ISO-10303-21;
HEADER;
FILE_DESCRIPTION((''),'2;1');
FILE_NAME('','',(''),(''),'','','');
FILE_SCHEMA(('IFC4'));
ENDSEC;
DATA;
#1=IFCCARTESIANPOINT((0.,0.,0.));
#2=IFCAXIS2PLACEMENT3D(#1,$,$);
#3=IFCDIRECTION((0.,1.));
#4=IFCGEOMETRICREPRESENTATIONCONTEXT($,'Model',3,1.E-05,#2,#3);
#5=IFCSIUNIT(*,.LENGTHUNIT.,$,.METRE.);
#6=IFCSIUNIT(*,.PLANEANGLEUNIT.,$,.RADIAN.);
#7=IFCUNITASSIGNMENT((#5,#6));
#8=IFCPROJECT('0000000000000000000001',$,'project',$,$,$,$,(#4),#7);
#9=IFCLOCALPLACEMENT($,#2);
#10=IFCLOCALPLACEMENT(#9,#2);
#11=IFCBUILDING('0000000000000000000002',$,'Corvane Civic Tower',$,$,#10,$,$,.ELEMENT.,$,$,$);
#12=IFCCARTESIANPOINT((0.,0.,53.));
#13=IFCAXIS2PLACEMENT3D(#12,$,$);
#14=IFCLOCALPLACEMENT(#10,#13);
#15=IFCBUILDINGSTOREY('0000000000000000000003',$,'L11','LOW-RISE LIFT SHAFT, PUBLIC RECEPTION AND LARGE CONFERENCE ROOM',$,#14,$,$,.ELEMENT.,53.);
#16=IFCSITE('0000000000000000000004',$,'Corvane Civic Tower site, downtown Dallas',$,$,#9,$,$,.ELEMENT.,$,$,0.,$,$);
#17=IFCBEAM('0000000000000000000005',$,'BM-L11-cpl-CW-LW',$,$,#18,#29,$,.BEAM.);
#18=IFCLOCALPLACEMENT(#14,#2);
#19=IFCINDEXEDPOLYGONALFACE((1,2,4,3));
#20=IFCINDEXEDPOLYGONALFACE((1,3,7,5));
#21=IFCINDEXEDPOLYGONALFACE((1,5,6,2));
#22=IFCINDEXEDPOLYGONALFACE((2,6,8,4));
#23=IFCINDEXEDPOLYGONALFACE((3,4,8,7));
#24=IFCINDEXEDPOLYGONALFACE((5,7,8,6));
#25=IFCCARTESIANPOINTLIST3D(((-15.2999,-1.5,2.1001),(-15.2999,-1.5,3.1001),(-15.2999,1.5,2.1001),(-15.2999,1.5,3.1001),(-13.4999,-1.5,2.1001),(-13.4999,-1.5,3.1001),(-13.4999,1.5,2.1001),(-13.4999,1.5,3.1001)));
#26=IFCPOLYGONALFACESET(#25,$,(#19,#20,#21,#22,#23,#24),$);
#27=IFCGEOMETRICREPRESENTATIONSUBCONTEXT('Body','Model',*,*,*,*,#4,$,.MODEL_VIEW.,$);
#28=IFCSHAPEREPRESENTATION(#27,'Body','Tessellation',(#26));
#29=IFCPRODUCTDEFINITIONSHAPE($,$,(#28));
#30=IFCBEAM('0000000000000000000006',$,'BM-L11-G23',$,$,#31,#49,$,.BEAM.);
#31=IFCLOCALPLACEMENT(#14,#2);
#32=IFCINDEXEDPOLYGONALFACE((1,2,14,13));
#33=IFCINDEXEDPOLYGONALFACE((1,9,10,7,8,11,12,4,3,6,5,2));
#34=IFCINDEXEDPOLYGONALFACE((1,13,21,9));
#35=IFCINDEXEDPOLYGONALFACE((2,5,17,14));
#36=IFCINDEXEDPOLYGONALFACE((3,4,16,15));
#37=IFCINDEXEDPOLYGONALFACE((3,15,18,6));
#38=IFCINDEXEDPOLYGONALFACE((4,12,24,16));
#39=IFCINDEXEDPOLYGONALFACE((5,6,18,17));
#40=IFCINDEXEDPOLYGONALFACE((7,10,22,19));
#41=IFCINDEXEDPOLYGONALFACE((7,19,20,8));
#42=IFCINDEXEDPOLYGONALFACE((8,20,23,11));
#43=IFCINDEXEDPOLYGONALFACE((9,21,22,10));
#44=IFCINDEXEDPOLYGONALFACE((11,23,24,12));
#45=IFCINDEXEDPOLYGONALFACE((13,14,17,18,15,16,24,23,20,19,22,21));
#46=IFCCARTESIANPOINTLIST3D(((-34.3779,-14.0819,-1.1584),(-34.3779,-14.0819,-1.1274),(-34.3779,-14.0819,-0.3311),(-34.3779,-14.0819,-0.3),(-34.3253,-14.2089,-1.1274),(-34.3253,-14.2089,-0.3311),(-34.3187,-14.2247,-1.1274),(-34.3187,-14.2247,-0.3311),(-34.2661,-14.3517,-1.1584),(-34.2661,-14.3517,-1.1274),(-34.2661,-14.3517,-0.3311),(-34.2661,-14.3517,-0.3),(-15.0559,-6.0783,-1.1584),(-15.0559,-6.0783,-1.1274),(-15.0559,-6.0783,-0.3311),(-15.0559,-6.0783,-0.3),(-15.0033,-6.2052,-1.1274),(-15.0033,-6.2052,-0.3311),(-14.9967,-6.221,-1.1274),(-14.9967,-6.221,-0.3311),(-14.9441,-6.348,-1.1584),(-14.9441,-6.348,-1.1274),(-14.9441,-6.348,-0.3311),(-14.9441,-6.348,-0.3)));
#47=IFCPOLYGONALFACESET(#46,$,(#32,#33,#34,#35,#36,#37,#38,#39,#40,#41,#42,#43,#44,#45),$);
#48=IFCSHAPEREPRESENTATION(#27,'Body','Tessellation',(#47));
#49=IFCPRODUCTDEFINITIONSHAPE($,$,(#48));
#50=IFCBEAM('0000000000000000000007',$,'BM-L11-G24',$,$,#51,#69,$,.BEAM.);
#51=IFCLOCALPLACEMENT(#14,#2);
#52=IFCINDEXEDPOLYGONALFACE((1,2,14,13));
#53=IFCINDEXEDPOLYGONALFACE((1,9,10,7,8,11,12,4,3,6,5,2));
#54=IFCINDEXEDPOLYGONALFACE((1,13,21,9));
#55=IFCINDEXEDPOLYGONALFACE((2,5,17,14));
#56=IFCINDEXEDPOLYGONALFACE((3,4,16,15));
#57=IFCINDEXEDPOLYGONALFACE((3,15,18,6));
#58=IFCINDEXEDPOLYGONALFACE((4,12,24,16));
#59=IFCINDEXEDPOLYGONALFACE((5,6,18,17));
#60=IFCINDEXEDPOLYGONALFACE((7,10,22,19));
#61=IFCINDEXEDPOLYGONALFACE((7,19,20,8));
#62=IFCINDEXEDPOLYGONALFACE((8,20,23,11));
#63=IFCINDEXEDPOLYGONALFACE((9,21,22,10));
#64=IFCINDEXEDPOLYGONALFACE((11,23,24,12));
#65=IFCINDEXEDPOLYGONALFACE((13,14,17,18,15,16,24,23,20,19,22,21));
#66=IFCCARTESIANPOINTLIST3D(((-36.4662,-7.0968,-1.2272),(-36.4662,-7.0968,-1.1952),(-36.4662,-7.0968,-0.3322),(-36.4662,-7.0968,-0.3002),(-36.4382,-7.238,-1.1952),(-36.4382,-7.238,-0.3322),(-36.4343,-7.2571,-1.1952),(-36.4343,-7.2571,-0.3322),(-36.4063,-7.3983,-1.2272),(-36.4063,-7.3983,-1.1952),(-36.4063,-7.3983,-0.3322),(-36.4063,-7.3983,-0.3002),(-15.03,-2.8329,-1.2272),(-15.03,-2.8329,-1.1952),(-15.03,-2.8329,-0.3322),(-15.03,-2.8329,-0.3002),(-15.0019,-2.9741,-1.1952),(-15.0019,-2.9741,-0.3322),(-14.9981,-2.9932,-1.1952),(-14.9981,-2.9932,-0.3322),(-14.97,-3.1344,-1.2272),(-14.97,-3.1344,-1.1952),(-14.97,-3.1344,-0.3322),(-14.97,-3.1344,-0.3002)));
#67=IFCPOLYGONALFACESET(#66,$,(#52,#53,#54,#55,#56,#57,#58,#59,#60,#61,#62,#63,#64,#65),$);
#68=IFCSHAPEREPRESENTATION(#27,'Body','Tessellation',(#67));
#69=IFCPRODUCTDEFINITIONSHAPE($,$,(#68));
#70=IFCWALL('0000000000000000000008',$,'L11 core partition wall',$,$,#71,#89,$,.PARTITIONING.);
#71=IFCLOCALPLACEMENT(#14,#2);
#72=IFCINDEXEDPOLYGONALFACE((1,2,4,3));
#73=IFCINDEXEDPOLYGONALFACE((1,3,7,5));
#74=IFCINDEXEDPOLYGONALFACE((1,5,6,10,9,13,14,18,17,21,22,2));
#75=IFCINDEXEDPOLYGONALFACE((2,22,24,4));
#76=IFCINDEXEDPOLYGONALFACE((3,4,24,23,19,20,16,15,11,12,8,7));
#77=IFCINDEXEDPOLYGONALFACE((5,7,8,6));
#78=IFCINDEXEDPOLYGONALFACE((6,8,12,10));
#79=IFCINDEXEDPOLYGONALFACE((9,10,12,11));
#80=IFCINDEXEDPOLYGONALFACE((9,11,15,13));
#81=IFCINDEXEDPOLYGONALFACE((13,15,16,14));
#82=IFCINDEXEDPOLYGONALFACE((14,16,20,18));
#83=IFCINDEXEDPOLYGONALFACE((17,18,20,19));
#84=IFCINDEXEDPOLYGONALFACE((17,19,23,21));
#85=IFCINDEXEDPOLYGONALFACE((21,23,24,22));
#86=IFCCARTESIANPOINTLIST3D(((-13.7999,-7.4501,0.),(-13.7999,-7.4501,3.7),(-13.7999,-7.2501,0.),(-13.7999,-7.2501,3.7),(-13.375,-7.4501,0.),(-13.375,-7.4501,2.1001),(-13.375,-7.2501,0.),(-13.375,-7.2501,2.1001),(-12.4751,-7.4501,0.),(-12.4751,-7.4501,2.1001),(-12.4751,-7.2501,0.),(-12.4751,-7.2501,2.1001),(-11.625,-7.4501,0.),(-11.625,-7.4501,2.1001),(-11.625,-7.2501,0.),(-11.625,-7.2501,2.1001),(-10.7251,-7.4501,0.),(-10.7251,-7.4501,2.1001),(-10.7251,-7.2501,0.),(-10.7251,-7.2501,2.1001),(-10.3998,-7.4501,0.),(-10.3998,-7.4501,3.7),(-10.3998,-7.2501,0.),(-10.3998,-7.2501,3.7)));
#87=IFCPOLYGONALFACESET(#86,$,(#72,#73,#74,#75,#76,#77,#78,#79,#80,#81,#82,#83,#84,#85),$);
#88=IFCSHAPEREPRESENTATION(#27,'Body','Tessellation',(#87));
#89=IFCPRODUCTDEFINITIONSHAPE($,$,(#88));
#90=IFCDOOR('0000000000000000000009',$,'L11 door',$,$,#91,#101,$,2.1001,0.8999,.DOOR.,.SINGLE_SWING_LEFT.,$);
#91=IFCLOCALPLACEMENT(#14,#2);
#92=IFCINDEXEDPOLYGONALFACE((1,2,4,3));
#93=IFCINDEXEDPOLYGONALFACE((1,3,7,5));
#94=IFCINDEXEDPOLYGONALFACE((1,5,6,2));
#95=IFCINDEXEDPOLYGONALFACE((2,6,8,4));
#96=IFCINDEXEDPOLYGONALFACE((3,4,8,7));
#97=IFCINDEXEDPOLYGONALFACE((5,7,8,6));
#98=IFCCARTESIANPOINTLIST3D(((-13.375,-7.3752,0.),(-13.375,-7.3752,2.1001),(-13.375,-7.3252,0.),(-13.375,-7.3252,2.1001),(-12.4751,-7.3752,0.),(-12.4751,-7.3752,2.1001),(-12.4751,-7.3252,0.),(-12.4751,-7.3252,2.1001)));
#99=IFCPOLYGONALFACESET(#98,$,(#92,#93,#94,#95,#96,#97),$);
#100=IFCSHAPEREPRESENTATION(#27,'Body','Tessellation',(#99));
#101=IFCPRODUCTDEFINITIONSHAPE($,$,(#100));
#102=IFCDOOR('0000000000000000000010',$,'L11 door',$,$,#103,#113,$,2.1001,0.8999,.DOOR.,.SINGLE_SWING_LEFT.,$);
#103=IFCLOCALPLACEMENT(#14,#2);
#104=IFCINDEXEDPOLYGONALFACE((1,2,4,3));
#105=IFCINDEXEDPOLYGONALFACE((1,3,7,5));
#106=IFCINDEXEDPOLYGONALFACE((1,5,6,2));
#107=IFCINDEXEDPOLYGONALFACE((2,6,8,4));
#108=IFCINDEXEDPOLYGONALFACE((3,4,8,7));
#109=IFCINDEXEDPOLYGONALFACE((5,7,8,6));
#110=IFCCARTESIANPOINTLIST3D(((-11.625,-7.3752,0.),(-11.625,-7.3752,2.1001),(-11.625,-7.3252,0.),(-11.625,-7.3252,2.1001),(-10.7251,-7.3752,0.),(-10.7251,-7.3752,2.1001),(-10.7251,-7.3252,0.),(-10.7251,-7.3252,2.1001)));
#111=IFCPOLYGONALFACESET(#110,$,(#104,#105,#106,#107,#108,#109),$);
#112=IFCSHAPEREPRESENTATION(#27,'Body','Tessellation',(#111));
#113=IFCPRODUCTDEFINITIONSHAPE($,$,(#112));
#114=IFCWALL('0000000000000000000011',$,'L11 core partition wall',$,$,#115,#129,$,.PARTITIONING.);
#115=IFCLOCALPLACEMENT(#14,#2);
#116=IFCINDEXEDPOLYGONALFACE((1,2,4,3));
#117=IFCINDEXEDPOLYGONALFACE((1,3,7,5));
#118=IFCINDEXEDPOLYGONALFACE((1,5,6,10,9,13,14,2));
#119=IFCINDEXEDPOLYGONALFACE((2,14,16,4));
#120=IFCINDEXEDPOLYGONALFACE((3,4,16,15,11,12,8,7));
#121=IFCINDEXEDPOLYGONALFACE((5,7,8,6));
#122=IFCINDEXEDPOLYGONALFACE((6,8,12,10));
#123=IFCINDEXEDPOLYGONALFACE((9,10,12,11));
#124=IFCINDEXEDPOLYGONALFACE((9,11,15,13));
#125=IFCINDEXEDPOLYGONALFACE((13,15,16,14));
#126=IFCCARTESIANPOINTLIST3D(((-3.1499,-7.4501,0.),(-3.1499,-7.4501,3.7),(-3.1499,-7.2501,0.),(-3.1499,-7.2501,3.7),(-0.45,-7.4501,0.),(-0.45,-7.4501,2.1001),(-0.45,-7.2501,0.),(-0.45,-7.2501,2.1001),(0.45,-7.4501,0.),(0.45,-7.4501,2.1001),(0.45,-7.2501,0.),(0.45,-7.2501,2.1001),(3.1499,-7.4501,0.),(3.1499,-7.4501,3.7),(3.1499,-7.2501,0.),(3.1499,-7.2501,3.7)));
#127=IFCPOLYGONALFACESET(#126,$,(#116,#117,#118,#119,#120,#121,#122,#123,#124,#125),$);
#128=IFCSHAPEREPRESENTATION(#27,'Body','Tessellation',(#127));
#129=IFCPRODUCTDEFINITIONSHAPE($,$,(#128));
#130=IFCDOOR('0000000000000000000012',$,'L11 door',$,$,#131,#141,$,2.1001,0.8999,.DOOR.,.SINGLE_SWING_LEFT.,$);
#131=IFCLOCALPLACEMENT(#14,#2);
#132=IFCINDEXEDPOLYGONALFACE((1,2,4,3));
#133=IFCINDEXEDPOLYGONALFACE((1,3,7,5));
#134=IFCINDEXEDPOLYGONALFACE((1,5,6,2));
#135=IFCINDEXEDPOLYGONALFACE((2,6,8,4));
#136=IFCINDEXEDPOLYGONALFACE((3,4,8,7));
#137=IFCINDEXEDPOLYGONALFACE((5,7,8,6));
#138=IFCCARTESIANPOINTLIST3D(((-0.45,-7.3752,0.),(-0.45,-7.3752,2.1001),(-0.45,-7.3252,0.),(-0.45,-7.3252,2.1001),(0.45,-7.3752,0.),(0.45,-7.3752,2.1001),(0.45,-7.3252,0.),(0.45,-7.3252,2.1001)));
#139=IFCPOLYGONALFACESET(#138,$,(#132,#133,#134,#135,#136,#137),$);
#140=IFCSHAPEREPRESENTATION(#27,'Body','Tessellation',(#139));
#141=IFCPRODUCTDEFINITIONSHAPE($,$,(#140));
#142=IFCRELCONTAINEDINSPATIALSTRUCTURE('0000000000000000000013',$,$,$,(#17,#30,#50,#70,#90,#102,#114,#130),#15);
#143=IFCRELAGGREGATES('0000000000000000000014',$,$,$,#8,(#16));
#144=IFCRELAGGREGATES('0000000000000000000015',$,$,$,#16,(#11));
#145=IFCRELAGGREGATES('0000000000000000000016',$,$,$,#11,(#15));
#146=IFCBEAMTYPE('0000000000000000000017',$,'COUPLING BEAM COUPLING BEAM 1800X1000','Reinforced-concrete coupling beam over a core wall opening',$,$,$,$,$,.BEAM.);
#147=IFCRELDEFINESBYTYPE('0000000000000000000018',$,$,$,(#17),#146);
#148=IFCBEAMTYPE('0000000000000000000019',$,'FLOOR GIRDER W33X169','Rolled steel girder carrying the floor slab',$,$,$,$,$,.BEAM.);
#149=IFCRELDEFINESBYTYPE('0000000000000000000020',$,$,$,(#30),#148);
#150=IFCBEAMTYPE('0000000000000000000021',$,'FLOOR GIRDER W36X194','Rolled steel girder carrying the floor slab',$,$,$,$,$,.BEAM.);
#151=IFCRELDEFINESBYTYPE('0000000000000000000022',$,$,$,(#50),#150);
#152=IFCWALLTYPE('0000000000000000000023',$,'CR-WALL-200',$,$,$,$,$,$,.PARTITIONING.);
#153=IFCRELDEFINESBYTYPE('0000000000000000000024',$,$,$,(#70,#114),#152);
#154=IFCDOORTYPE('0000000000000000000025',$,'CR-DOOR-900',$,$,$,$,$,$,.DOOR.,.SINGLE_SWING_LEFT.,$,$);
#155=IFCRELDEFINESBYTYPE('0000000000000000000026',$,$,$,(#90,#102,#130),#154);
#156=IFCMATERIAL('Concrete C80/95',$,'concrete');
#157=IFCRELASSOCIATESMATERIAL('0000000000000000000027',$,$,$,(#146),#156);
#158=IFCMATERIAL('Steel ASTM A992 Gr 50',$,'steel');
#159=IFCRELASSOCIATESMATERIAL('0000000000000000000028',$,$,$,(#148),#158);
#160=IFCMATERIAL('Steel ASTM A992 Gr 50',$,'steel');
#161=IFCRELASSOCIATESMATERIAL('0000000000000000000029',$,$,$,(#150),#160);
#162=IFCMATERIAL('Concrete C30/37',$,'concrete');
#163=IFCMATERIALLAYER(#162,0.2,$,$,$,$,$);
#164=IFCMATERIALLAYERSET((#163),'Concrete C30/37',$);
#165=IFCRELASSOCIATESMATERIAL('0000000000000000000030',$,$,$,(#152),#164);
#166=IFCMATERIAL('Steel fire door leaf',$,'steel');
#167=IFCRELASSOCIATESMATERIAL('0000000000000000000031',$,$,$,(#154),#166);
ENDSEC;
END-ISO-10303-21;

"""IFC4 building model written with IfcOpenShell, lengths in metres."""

from ifc_helpers import new_model, si_unit, direction, frame, frame_2d, origin, origin_2d, place, context, subcontext, project, spatial, rectangle, i_section, extrude, material, layer, layer_set, material_profile, profile_set, type_object, element, fill, save


model = new_model("IFC4")

# Units and contexts
model_context = context("Model", 3, precision=1e-05, world=origin(), true_north=direction((0.0, 1.0)))
body_context = subcontext(model_context, "Body", "Model", "MODEL_VIEW")
ifc_project = project(units=[si_unit("LENGTHUNIT", "METRE"), si_unit("PLANEANGLEUNIT", "RADIAN")], contexts=[model_context])

# Site, building, storey
site_placement = place(None, origin())
site = spatial("IfcSite", under=ifc_project, at=site_placement, Name="Corvane Civic Tower site, downtown Dallas", CompositionType="ELEMENT", RefElevation=0.0)
building_placement = place(site_placement, origin())
building = spatial("IfcBuilding", under=site, at=building_placement, Name="Corvane Civic Tower", CompositionType="ELEMENT")
storey_placement = place(building_placement, frame((0.0, 0.0, 53.0)))
storey = spatial("IfcBuildingStorey", under=building, at=storey_placement, Name="L11", Description="LOW-RISE LIFT SHAFT, PUBLIC RECEPTION AND LARGE CONFERENCE ROOM", CompositionType="ELEMENT", Elevation=53.0)

# Beams
ifc_material_1 = material(Name="Concrete C80/95", Category="concrete")
ifc_material_profile_1 = material_profile(ifc_material_1, rectangle(XDim=1.8, YDim=1.0, at=origin_2d()), Name="COUPLING BEAM 1800X1000")
ifc_profile_set_1 = profile_set([ifc_material_profile_1], Name="Concrete C80/95")
beam_type_1 = type_object("IfcBeamType", Name="COUPLING BEAM COUPLING BEAM 1800X1000", Description="Reinforced-concrete coupling beam over a core wall opening", PredefinedType="BEAM", material=ifc_profile_set_1)
beam_1_placement = place(storey_placement, frame((-14.3999, -1.5, 2.6001), z_axis=(0.0, 1.0, 0.0), x_axis=(-1.0, 0.0, 0.0)))
element("IfcBeam", 1, at=beam_1_placement, inside=storey, type_object=beam_type_1, Name="BM-L11-cpl-CW-LW", PredefinedType="BEAM", context=body_context, shape_type="SweptSolid", body=[
    extrude(rectangle(XDim=1.8, YDim=1.0, at=origin_2d()), origin(), (0.0, 0.0, 1.0), 3.0),
])
ifc_material_2 = material(Name="Steel ASTM A992 Gr 50", Category="steel")
ifc_material_profile_2 = material_profile(ifc_material_2, i_section(OverallWidth=0.292, OverallDepth=0.8584, WebThickness=0.0171, FlangeThickness=0.031, at=origin_2d()), Name="W33X169")
ifc_profile_set_2 = profile_set([ifc_material_profile_2], Name="Steel ASTM A992 Gr 50")
beam_type_2 = type_object("IfcBeamType", Name="FLOOR GIRDER W33X169", Description="Rolled steel girder carrying the floor slab", PredefinedType="BEAM", material=ifc_profile_set_2)
beam_2_placement = place(storey_placement, frame((-15.0, -6.2131, -0.7292), z_axis=(-0.923876, -0.382692, 0.0), x_axis=(0.382692, -0.923876, 0.0)))
element("IfcBeam", 2, at=beam_2_placement, inside=storey, type_object=beam_type_2, Name="BM-L11-G23", PredefinedType="BEAM", context=body_context, shape_type="SweptSolid", body=[
    extrude(i_section(OverallWidth=0.292, OverallDepth=0.8584, WebThickness=0.0171, FlangeThickness=0.031, at=origin_2d()), origin(), (0.0, 0.0, 1.0), 20.9141),
])
ifc_material_3 = material(Name="Steel ASTM A992 Gr 50", Category="steel")
ifc_material_profile_3 = material_profile(ifc_material_3, i_section(OverallWidth=0.3074, OverallDepth=0.927, WebThickness=0.0195, FlangeThickness=0.032, at=origin_2d()), Name="W36X194")
ifc_profile_set_3 = profile_set([ifc_material_profile_3], Name="Steel ASTM A992 Gr 50")
beam_type_3 = type_object("IfcBeamType", Name="FLOOR GIRDER W36X194", Description="Rolled steel girder carrying the floor slab", PredefinedType="BEAM", material=ifc_profile_set_3)
beam_3_placement = place(storey_placement, frame((-15.0, -2.9836, -0.7637), z_axis=(-0.980785, -0.195089, 0.0), x_axis=(0.195089, -0.980785, 0.0)))
element("IfcBeam", 3, at=beam_3_placement, inside=storey, type_object=beam_type_3, Name="BM-L11-G24", PredefinedType="BEAM", context=body_context, shape_type="SweptSolid", body=[
    extrude(i_section(OverallWidth=0.3074, OverallDepth=0.927, WebThickness=0.0195, FlangeThickness=0.032, at=origin_2d()), origin(), (0.0, 0.0, 1.0), 21.8562),
])

# Wall, openings, doors
ifc_material_4 = material(Name="Concrete C30/37", Category="concrete")
ifc_layer_1 = layer(ifc_material_4, 0.2)
ifc_layer_set_1 = layer_set([ifc_layer_1], Name="Concrete C30/37")
wall_type_1 = type_object("IfcWallType", Name="CR-WALL-200", PredefinedType="PARTITIONING", material=ifc_layer_set_1)
wall_1_placement = place(storey_placement, frame((-13.8, -7.3501, 0.0), z_axis=(0.0, 0.0, 1.0), x_axis=(1.0, 0.0, 0.0)))
wall_1 = element("IfcWall", 4, at=wall_1_placement, inside=storey, type_object=wall_type_1, Name="L11 core partition wall", PredefinedType="PARTITIONING", context=body_context, shape_type="SweptSolid", body=[
    extrude(rectangle(XDim=3.4001, YDim=0.2, at=frame_2d((1.7002, 0.0))), origin(), (0.0, 0.0, 1.0), 3.7),
])
opening_1_placement = place(wall_1_placement, frame((0.425, 0.0, 0.0)))
opening_1 = element("IfcOpeningElement", 5, at=opening_1_placement, cuts=wall_1, PredefinedType="OPENING", context=body_context, shape_type="SweptSolid", body=[
    extrude(rectangle(XDim=0.8999, YDim=2.1001, at=frame_2d((0.45, 1.05))), frame((0.0, 0.1099, 0.0), z_axis=(0.0, -1.0, 0.0), x_axis=(1.0, 0.0, 0.0)), (0.0, 0.0, 1.0), 0.22),
])
opening_2_placement = place(wall_1_placement, frame((2.175, 0.0, 0.0)))
opening_2 = element("IfcOpeningElement", 6, at=opening_2_placement, cuts=wall_1, PredefinedType="OPENING", context=body_context, shape_type="SweptSolid", body=[
    extrude(rectangle(XDim=0.8999, YDim=2.1001, at=frame_2d((0.45, 1.05))), frame((0.0, 0.1099, 0.0), z_axis=(0.0, -1.0, 0.0), x_axis=(1.0, 0.0, 0.0)), (0.0, 0.0, 1.0), 0.22),
])
ifc_material_5 = material(Name="Steel fire door leaf", Category="steel")
door_type_1 = type_object("IfcDoorType", Name="CR-DOOR-900", OperationType="SINGLE_SWING_LEFT", PredefinedType="DOOR", material=ifc_material_5)
door_1_placement = place(opening_1_placement, origin())
door_1 = element("IfcDoor", 7, at=door_1_placement, inside=storey, type_object=door_type_1, Name="L11 door", OperationType="SINGLE_SWING_LEFT", OverallHeight=2.1001, OverallWidth=0.8999, PredefinedType="DOOR", context=body_context, shape_type="SweptSolid", body=[
    extrude(rectangle(XDim=0.8999, YDim=2.1001, at=frame_2d((0.45, 1.05))), frame((0.0, 0.0249, 0.0), z_axis=(0.0, -1.0, 0.0), x_axis=(1.0, 0.0, 0.0)), (0.0, 0.0, 1.0), 0.05),
])
fill(opening_1, door_1)
door_2_placement = place(opening_2_placement, origin())
door_2 = element("IfcDoor", 8, at=door_2_placement, inside=storey, type_object=door_type_1, Name="L11 door", OperationType="SINGLE_SWING_LEFT", OverallHeight=2.1001, OverallWidth=0.8999, PredefinedType="DOOR", context=body_context, shape_type="SweptSolid", body=[
    extrude(rectangle(XDim=0.8999, YDim=2.1001, at=frame_2d((0.45, 1.05))), frame((0.0, 0.0249, 0.0), z_axis=(0.0, -1.0, 0.0), x_axis=(1.0, 0.0, 0.0)), (0.0, 0.0, 1.0), 0.05),
])
fill(opening_2, door_2)

# Wall, opening, door
wall_2_placement = place(storey_placement, frame((-3.1499, -7.3501, 0.0), z_axis=(0.0, 0.0, 1.0), x_axis=(1.0, 0.0, 0.0)))
wall_2 = element("IfcWall", 9, at=wall_2_placement, inside=storey, type_object=wall_type_1, Name="L11 core partition wall", PredefinedType="PARTITIONING", context=body_context, shape_type="SweptSolid", body=[
    extrude(rectangle(XDim=6.2998, YDim=0.2, at=frame_2d((3.1499, 0.0))), origin(), (0.0, 0.0, 1.0), 3.7),
])
opening_3_placement = place(wall_2_placement, frame((2.7, 0.0, 0.0)))
opening_3 = element("IfcOpeningElement", 10, at=opening_3_placement, cuts=wall_2, PredefinedType="OPENING", context=body_context, shape_type="SweptSolid", body=[
    extrude(rectangle(XDim=0.8999, YDim=2.1001, at=frame_2d((0.45, 1.05))), frame((0.0, 0.1099, 0.0), z_axis=(0.0, -1.0, 0.0), x_axis=(1.0, 0.0, 0.0)), (0.0, 0.0, 1.0), 0.22),
])
door_3_placement = place(opening_3_placement, origin())
door_3 = element("IfcDoor", 11, at=door_3_placement, inside=storey, type_object=door_type_1, Name="L11 door", OperationType="SINGLE_SWING_LEFT", OverallHeight=2.1001, OverallWidth=0.8999, PredefinedType="DOOR", context=body_context, shape_type="SweptSolid", body=[
    extrude(rectangle(XDim=0.8999, YDim=2.1001, at=frame_2d((0.45, 1.05))), frame((0.0, 0.0249, 0.0), z_axis=(0.0, -1.0, 0.0), x_axis=(1.0, 0.0, 0.0)), (0.0, 0.0, 1.0), 0.05),
])
fill(opening_3, door_3)

save(model, "model.ifc")
